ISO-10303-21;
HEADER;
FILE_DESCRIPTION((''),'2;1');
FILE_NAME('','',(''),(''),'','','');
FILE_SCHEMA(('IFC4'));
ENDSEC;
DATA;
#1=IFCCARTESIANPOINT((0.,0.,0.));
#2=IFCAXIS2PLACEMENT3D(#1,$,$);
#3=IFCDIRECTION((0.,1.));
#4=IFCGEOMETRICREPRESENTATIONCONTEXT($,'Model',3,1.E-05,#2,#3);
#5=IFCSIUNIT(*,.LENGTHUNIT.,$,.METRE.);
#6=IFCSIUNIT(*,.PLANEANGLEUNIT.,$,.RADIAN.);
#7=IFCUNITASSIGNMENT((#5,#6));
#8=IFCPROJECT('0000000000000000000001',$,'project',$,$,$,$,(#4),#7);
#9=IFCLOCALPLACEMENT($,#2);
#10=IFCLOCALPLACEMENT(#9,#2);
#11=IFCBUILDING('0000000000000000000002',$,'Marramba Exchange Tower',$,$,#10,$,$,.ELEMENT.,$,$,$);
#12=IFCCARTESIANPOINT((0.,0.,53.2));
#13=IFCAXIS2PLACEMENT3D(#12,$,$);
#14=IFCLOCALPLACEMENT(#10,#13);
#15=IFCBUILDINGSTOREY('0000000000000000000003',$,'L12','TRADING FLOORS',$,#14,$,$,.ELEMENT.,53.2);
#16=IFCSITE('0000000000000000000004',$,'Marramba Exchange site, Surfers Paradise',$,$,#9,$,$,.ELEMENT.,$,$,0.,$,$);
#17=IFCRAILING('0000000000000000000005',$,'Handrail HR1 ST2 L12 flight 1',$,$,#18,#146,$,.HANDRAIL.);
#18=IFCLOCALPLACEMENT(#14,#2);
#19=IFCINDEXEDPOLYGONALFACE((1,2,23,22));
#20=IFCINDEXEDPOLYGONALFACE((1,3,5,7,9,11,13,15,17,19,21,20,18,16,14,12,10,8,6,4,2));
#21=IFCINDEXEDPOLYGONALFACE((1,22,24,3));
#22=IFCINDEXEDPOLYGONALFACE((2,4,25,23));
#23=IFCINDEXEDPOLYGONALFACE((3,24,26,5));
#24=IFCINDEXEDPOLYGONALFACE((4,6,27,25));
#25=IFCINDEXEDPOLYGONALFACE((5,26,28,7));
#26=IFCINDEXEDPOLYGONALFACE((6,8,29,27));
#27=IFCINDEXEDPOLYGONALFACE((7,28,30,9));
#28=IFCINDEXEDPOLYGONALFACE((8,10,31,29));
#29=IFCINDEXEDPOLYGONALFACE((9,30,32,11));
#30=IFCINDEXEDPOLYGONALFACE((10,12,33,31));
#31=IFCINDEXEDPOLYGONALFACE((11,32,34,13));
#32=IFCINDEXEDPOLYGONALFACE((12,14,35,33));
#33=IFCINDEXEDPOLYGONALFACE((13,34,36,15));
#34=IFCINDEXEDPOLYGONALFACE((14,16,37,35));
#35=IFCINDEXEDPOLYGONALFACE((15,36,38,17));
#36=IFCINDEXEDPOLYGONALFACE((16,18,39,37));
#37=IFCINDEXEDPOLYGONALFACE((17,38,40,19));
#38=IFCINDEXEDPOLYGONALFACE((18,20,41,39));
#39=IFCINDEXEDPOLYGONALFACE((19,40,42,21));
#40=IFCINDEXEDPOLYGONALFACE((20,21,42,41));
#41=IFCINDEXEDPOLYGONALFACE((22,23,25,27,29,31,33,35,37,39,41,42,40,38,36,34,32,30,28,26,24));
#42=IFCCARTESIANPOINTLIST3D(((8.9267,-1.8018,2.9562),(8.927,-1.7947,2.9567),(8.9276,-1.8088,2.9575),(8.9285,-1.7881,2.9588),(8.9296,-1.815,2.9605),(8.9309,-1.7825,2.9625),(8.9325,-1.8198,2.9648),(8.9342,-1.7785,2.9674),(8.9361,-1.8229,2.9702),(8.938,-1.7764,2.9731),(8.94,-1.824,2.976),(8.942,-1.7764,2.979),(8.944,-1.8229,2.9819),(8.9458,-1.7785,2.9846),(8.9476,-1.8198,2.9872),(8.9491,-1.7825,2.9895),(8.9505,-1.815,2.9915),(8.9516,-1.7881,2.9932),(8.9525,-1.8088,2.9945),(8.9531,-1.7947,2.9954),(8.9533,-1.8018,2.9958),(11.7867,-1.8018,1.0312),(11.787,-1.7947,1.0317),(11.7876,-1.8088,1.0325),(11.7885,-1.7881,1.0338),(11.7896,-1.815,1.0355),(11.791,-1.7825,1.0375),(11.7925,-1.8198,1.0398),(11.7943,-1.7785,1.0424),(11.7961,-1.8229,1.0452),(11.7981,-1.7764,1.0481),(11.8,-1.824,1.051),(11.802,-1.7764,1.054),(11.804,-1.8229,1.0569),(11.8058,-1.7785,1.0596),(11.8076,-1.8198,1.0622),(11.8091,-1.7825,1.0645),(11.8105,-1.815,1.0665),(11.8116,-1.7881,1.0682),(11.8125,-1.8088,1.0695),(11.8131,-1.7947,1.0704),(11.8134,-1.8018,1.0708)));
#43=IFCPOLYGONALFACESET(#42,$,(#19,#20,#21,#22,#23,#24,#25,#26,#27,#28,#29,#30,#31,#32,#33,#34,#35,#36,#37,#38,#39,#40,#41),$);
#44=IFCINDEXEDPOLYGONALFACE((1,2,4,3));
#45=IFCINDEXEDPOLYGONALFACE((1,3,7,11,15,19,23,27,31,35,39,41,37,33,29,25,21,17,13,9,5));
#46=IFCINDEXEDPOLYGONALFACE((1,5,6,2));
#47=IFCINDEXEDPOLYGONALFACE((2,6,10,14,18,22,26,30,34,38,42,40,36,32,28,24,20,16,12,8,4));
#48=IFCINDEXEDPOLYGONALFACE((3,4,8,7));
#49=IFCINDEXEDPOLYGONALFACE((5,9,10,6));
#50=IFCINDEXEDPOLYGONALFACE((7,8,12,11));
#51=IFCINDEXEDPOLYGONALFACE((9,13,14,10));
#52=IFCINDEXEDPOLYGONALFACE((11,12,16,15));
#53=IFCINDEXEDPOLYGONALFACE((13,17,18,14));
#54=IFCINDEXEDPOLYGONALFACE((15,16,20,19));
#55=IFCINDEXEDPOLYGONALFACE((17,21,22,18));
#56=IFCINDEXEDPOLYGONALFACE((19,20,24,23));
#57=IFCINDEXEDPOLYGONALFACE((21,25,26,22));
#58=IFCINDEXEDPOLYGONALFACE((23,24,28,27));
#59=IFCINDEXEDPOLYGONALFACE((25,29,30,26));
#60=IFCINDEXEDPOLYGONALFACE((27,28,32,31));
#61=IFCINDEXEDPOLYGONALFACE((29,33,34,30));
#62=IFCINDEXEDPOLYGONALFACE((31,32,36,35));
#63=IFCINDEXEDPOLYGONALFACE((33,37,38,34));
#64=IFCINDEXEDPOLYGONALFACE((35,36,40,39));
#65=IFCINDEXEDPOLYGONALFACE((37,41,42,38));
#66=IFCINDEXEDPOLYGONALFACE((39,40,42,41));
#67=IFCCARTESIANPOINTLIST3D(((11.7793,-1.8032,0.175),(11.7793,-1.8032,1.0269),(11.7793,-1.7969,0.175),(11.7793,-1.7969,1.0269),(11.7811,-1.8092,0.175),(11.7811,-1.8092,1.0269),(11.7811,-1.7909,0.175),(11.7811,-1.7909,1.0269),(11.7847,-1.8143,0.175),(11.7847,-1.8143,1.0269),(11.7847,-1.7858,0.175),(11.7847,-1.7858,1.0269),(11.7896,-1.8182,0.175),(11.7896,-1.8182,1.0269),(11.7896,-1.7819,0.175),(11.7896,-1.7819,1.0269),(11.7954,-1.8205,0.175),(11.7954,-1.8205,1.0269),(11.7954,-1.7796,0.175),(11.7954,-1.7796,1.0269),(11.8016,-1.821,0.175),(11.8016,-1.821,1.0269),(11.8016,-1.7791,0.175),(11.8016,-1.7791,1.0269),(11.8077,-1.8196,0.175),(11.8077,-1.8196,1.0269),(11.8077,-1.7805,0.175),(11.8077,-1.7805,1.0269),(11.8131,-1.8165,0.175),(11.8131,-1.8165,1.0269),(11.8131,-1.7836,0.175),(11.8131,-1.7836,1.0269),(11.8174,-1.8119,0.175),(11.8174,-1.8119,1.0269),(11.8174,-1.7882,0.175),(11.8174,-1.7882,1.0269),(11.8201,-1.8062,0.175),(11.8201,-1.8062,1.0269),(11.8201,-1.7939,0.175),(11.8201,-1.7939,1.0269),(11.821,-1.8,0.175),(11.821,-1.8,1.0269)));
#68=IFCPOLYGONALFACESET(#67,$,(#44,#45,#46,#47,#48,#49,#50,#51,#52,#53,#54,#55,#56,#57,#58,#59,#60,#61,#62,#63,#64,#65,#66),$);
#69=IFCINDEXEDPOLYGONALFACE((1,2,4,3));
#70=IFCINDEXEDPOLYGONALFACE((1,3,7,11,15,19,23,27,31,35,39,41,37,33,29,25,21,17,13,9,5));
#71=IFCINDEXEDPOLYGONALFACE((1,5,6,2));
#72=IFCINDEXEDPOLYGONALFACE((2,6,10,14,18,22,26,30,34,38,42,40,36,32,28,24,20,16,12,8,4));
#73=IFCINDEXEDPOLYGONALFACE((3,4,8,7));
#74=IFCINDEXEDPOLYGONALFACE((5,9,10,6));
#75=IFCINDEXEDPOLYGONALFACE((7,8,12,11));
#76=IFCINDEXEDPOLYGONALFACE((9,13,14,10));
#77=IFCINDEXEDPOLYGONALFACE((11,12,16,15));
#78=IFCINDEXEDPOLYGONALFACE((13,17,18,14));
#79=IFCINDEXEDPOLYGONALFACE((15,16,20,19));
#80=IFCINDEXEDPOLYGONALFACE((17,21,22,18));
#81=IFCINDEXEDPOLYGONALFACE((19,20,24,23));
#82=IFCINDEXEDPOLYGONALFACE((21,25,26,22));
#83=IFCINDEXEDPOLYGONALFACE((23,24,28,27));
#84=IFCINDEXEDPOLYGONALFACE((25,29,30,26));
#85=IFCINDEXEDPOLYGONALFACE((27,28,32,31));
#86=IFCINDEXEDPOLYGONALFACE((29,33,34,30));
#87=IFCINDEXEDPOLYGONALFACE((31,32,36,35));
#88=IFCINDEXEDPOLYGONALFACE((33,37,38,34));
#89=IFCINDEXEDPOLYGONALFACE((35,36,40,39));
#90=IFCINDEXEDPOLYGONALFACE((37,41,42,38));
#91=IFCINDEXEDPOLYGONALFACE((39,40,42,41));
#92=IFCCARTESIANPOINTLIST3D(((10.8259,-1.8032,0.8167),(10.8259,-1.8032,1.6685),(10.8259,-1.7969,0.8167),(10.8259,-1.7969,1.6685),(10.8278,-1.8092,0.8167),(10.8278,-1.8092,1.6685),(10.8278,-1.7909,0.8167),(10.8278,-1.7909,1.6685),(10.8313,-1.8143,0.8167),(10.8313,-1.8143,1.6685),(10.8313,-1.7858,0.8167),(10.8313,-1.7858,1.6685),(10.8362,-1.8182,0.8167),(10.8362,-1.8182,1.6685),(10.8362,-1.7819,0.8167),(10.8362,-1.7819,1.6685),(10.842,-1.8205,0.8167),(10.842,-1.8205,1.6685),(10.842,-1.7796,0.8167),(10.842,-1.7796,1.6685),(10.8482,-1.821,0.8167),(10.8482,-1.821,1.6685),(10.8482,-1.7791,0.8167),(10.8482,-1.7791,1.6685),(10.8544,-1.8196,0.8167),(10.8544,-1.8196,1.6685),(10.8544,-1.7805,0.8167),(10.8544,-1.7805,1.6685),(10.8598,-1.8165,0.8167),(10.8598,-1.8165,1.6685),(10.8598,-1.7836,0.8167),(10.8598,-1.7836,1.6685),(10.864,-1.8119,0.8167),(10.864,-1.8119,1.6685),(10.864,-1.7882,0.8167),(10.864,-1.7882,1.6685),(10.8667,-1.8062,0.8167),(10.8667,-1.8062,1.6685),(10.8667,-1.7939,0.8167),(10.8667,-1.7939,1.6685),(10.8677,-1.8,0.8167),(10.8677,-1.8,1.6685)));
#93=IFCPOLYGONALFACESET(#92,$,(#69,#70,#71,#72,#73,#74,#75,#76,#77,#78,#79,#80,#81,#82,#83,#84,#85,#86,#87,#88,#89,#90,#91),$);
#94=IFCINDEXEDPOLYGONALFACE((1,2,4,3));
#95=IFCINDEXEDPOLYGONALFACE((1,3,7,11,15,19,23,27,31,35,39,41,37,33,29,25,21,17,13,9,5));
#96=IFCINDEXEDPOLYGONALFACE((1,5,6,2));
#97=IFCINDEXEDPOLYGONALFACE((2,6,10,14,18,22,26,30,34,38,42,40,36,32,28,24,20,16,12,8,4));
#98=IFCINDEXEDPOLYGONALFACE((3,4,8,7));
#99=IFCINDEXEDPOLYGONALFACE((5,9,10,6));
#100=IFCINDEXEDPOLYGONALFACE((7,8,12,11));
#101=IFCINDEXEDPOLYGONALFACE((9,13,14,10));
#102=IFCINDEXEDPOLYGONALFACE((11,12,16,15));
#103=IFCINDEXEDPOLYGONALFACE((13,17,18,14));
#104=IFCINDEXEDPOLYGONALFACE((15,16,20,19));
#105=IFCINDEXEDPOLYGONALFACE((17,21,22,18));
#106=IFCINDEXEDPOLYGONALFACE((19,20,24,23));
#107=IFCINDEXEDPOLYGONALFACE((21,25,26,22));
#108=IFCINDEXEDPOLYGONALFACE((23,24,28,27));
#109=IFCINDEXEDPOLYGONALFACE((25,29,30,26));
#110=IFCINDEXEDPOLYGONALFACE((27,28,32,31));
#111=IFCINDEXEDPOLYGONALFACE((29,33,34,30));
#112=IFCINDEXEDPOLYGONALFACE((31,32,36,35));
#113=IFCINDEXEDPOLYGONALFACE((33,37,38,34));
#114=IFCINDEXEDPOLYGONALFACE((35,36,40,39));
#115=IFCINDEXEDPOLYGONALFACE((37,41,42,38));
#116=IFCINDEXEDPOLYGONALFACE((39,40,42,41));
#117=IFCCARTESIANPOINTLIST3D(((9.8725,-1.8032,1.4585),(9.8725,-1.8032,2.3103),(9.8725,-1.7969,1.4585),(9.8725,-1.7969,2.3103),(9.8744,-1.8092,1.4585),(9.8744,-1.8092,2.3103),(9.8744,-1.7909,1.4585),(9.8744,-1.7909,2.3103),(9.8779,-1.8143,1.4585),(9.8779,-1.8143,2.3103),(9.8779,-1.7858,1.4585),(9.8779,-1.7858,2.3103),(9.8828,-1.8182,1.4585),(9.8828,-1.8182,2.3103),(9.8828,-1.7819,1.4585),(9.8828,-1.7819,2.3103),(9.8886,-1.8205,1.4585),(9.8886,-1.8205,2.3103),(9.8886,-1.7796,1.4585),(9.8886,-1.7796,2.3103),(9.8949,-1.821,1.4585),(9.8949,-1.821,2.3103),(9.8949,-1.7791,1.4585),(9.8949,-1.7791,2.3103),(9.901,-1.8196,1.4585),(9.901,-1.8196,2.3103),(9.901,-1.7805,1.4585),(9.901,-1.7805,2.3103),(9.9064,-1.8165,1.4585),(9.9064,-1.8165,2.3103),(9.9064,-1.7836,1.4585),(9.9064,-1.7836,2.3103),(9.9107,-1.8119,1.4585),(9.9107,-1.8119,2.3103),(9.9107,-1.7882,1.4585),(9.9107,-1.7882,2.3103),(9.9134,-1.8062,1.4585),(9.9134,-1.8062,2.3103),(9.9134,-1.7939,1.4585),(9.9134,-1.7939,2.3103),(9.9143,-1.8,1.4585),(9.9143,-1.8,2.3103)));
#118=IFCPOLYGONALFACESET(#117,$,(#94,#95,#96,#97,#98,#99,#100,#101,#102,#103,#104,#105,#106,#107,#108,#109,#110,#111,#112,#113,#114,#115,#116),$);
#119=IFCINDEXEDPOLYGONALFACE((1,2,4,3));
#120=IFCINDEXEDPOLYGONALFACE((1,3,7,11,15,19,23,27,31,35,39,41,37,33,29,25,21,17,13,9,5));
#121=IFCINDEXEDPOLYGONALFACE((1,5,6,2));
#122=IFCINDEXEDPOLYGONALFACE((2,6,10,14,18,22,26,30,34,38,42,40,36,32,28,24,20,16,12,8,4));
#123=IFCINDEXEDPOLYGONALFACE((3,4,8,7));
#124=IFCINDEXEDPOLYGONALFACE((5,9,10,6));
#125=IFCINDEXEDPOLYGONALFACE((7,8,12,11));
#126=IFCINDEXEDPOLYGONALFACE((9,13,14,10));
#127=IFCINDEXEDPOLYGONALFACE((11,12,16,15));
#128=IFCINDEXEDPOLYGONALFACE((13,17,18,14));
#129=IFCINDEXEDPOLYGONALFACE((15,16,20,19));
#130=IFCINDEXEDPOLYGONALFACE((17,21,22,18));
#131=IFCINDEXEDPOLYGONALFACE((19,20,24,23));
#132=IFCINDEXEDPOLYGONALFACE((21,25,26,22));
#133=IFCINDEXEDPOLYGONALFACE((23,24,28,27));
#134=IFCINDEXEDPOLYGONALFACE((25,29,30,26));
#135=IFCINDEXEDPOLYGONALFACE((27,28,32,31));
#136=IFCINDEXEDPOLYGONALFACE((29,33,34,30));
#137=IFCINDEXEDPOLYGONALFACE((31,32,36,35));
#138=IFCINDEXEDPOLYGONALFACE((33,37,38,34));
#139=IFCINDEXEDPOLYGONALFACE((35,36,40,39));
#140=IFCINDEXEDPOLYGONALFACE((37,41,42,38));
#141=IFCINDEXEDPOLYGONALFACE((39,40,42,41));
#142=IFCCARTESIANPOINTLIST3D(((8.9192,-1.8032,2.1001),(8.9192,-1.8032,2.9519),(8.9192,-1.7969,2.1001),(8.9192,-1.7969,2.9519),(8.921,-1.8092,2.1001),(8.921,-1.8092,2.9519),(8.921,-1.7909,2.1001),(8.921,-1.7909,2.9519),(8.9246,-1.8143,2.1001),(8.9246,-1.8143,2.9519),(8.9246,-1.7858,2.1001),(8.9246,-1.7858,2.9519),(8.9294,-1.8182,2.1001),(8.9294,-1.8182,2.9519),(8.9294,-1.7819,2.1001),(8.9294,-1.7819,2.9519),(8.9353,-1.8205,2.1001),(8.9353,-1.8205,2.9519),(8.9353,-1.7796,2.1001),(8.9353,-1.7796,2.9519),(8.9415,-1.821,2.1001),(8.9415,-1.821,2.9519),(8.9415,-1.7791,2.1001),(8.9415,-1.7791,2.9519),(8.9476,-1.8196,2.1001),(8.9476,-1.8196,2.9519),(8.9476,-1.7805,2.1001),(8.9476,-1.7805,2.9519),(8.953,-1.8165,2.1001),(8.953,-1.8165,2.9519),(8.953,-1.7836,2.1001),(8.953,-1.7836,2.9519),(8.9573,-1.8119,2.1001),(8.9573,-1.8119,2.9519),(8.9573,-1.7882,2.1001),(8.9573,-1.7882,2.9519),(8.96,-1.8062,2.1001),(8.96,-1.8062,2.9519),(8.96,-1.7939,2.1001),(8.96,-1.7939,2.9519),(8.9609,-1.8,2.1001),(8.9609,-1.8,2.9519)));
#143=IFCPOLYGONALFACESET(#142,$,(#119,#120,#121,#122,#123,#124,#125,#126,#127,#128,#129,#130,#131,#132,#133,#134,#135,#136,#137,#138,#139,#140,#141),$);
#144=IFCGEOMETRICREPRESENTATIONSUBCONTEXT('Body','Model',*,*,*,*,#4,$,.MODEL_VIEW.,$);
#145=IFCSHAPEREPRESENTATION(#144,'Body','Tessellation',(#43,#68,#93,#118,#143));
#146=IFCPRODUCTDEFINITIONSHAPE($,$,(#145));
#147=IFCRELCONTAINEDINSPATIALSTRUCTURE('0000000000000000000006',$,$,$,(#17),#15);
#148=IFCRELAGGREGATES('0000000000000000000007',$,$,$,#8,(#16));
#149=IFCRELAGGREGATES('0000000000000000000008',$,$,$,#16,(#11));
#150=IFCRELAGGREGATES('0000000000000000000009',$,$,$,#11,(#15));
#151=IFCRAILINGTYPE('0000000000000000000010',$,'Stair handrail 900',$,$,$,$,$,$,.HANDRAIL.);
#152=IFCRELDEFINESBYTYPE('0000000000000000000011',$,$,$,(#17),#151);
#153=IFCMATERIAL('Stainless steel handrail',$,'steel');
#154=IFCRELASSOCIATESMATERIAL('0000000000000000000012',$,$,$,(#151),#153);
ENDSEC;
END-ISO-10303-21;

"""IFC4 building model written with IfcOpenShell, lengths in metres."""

from ifc_helpers import new_model, si_unit, direction, frame, origin, origin_2d, place, context, subcontext, project, spatial, circle, extrude, material, type_object, element, save


model = new_model("IFC4")

# Units and contexts
model_context = context("Model", 3, precision=1e-05, world=origin(), true_north=direction((0.0, 1.0)))
body_context = subcontext(model_context, "Body", "Model", "MODEL_VIEW")
ifc_project = project(units=[si_unit("LENGTHUNIT", "METRE"), si_unit("PLANEANGLEUNIT", "RADIAN")], contexts=[model_context])

# Site, building, storey
site_placement = place(None, origin())
site = spatial("IfcSite", under=ifc_project, at=site_placement, Name="Marramba Exchange site, Surfers Paradise", CompositionType="ELEMENT", RefElevation=0.0)
building_placement = place(site_placement, origin())
building = spatial("IfcBuilding", under=site, at=building_placement, Name="Marramba Exchange Tower", CompositionType="ELEMENT")
storey_placement = place(building_placement, frame((0.0, 0.0, 53.2)))
storey = spatial("IfcBuildingStorey", under=building, at=storey_placement, Name="L12", Description="TRADING FLOORS", CompositionType="ELEMENT", Elevation=53.2)

# Railing
ifc_material_1 = material(Name="Stainless steel handrail", Category="steel")
railing_type = type_object("IfcRailingType", Name="Stair handrail 900", PredefinedType="HANDRAIL", material=ifc_material_1)
railing_placement = place(storey_placement, frame((11.8, -1.8, 0.175)))
element("IfcRailing", 1, at=railing_placement, inside=storey, type_object=railing_type, Name="Handrail HR1 ST2 L12 flight 1", PredefinedType="HANDRAIL", context=body_context, shape_type="SweptSolid", body=[
    extrude(circle(Radius=0.0239, at=origin_2d()), frame((0.0, 0.0, 0.876), z_axis=(-0.829591, 0.0, 0.558372), x_axis=(0.0, -1.0, 0.0)), (0.0, 0.0, 1.0), 3.4475),
    extrude(circle(Radius=0.021, at=origin_2d()), origin(), (0.0, 0.0, 1.0), 0.8518),
    extrude(circle(Radius=0.021, at=origin_2d()), frame((-0.9534, 0.0, 0.6416)), (0.0, 0.0, 1.0), 0.8518),
    extrude(circle(Radius=0.021, at=origin_2d()), frame((-1.9067, 0.0, 1.2834)), (0.0, 0.0, 1.0), 0.8518),
    extrude(circle(Radius=0.021, at=origin_2d()), frame((-2.8601, 0.0, 1.925)), (0.0, 0.0, 1.0), 0.8518),
])

save(model, "model.ifc")
